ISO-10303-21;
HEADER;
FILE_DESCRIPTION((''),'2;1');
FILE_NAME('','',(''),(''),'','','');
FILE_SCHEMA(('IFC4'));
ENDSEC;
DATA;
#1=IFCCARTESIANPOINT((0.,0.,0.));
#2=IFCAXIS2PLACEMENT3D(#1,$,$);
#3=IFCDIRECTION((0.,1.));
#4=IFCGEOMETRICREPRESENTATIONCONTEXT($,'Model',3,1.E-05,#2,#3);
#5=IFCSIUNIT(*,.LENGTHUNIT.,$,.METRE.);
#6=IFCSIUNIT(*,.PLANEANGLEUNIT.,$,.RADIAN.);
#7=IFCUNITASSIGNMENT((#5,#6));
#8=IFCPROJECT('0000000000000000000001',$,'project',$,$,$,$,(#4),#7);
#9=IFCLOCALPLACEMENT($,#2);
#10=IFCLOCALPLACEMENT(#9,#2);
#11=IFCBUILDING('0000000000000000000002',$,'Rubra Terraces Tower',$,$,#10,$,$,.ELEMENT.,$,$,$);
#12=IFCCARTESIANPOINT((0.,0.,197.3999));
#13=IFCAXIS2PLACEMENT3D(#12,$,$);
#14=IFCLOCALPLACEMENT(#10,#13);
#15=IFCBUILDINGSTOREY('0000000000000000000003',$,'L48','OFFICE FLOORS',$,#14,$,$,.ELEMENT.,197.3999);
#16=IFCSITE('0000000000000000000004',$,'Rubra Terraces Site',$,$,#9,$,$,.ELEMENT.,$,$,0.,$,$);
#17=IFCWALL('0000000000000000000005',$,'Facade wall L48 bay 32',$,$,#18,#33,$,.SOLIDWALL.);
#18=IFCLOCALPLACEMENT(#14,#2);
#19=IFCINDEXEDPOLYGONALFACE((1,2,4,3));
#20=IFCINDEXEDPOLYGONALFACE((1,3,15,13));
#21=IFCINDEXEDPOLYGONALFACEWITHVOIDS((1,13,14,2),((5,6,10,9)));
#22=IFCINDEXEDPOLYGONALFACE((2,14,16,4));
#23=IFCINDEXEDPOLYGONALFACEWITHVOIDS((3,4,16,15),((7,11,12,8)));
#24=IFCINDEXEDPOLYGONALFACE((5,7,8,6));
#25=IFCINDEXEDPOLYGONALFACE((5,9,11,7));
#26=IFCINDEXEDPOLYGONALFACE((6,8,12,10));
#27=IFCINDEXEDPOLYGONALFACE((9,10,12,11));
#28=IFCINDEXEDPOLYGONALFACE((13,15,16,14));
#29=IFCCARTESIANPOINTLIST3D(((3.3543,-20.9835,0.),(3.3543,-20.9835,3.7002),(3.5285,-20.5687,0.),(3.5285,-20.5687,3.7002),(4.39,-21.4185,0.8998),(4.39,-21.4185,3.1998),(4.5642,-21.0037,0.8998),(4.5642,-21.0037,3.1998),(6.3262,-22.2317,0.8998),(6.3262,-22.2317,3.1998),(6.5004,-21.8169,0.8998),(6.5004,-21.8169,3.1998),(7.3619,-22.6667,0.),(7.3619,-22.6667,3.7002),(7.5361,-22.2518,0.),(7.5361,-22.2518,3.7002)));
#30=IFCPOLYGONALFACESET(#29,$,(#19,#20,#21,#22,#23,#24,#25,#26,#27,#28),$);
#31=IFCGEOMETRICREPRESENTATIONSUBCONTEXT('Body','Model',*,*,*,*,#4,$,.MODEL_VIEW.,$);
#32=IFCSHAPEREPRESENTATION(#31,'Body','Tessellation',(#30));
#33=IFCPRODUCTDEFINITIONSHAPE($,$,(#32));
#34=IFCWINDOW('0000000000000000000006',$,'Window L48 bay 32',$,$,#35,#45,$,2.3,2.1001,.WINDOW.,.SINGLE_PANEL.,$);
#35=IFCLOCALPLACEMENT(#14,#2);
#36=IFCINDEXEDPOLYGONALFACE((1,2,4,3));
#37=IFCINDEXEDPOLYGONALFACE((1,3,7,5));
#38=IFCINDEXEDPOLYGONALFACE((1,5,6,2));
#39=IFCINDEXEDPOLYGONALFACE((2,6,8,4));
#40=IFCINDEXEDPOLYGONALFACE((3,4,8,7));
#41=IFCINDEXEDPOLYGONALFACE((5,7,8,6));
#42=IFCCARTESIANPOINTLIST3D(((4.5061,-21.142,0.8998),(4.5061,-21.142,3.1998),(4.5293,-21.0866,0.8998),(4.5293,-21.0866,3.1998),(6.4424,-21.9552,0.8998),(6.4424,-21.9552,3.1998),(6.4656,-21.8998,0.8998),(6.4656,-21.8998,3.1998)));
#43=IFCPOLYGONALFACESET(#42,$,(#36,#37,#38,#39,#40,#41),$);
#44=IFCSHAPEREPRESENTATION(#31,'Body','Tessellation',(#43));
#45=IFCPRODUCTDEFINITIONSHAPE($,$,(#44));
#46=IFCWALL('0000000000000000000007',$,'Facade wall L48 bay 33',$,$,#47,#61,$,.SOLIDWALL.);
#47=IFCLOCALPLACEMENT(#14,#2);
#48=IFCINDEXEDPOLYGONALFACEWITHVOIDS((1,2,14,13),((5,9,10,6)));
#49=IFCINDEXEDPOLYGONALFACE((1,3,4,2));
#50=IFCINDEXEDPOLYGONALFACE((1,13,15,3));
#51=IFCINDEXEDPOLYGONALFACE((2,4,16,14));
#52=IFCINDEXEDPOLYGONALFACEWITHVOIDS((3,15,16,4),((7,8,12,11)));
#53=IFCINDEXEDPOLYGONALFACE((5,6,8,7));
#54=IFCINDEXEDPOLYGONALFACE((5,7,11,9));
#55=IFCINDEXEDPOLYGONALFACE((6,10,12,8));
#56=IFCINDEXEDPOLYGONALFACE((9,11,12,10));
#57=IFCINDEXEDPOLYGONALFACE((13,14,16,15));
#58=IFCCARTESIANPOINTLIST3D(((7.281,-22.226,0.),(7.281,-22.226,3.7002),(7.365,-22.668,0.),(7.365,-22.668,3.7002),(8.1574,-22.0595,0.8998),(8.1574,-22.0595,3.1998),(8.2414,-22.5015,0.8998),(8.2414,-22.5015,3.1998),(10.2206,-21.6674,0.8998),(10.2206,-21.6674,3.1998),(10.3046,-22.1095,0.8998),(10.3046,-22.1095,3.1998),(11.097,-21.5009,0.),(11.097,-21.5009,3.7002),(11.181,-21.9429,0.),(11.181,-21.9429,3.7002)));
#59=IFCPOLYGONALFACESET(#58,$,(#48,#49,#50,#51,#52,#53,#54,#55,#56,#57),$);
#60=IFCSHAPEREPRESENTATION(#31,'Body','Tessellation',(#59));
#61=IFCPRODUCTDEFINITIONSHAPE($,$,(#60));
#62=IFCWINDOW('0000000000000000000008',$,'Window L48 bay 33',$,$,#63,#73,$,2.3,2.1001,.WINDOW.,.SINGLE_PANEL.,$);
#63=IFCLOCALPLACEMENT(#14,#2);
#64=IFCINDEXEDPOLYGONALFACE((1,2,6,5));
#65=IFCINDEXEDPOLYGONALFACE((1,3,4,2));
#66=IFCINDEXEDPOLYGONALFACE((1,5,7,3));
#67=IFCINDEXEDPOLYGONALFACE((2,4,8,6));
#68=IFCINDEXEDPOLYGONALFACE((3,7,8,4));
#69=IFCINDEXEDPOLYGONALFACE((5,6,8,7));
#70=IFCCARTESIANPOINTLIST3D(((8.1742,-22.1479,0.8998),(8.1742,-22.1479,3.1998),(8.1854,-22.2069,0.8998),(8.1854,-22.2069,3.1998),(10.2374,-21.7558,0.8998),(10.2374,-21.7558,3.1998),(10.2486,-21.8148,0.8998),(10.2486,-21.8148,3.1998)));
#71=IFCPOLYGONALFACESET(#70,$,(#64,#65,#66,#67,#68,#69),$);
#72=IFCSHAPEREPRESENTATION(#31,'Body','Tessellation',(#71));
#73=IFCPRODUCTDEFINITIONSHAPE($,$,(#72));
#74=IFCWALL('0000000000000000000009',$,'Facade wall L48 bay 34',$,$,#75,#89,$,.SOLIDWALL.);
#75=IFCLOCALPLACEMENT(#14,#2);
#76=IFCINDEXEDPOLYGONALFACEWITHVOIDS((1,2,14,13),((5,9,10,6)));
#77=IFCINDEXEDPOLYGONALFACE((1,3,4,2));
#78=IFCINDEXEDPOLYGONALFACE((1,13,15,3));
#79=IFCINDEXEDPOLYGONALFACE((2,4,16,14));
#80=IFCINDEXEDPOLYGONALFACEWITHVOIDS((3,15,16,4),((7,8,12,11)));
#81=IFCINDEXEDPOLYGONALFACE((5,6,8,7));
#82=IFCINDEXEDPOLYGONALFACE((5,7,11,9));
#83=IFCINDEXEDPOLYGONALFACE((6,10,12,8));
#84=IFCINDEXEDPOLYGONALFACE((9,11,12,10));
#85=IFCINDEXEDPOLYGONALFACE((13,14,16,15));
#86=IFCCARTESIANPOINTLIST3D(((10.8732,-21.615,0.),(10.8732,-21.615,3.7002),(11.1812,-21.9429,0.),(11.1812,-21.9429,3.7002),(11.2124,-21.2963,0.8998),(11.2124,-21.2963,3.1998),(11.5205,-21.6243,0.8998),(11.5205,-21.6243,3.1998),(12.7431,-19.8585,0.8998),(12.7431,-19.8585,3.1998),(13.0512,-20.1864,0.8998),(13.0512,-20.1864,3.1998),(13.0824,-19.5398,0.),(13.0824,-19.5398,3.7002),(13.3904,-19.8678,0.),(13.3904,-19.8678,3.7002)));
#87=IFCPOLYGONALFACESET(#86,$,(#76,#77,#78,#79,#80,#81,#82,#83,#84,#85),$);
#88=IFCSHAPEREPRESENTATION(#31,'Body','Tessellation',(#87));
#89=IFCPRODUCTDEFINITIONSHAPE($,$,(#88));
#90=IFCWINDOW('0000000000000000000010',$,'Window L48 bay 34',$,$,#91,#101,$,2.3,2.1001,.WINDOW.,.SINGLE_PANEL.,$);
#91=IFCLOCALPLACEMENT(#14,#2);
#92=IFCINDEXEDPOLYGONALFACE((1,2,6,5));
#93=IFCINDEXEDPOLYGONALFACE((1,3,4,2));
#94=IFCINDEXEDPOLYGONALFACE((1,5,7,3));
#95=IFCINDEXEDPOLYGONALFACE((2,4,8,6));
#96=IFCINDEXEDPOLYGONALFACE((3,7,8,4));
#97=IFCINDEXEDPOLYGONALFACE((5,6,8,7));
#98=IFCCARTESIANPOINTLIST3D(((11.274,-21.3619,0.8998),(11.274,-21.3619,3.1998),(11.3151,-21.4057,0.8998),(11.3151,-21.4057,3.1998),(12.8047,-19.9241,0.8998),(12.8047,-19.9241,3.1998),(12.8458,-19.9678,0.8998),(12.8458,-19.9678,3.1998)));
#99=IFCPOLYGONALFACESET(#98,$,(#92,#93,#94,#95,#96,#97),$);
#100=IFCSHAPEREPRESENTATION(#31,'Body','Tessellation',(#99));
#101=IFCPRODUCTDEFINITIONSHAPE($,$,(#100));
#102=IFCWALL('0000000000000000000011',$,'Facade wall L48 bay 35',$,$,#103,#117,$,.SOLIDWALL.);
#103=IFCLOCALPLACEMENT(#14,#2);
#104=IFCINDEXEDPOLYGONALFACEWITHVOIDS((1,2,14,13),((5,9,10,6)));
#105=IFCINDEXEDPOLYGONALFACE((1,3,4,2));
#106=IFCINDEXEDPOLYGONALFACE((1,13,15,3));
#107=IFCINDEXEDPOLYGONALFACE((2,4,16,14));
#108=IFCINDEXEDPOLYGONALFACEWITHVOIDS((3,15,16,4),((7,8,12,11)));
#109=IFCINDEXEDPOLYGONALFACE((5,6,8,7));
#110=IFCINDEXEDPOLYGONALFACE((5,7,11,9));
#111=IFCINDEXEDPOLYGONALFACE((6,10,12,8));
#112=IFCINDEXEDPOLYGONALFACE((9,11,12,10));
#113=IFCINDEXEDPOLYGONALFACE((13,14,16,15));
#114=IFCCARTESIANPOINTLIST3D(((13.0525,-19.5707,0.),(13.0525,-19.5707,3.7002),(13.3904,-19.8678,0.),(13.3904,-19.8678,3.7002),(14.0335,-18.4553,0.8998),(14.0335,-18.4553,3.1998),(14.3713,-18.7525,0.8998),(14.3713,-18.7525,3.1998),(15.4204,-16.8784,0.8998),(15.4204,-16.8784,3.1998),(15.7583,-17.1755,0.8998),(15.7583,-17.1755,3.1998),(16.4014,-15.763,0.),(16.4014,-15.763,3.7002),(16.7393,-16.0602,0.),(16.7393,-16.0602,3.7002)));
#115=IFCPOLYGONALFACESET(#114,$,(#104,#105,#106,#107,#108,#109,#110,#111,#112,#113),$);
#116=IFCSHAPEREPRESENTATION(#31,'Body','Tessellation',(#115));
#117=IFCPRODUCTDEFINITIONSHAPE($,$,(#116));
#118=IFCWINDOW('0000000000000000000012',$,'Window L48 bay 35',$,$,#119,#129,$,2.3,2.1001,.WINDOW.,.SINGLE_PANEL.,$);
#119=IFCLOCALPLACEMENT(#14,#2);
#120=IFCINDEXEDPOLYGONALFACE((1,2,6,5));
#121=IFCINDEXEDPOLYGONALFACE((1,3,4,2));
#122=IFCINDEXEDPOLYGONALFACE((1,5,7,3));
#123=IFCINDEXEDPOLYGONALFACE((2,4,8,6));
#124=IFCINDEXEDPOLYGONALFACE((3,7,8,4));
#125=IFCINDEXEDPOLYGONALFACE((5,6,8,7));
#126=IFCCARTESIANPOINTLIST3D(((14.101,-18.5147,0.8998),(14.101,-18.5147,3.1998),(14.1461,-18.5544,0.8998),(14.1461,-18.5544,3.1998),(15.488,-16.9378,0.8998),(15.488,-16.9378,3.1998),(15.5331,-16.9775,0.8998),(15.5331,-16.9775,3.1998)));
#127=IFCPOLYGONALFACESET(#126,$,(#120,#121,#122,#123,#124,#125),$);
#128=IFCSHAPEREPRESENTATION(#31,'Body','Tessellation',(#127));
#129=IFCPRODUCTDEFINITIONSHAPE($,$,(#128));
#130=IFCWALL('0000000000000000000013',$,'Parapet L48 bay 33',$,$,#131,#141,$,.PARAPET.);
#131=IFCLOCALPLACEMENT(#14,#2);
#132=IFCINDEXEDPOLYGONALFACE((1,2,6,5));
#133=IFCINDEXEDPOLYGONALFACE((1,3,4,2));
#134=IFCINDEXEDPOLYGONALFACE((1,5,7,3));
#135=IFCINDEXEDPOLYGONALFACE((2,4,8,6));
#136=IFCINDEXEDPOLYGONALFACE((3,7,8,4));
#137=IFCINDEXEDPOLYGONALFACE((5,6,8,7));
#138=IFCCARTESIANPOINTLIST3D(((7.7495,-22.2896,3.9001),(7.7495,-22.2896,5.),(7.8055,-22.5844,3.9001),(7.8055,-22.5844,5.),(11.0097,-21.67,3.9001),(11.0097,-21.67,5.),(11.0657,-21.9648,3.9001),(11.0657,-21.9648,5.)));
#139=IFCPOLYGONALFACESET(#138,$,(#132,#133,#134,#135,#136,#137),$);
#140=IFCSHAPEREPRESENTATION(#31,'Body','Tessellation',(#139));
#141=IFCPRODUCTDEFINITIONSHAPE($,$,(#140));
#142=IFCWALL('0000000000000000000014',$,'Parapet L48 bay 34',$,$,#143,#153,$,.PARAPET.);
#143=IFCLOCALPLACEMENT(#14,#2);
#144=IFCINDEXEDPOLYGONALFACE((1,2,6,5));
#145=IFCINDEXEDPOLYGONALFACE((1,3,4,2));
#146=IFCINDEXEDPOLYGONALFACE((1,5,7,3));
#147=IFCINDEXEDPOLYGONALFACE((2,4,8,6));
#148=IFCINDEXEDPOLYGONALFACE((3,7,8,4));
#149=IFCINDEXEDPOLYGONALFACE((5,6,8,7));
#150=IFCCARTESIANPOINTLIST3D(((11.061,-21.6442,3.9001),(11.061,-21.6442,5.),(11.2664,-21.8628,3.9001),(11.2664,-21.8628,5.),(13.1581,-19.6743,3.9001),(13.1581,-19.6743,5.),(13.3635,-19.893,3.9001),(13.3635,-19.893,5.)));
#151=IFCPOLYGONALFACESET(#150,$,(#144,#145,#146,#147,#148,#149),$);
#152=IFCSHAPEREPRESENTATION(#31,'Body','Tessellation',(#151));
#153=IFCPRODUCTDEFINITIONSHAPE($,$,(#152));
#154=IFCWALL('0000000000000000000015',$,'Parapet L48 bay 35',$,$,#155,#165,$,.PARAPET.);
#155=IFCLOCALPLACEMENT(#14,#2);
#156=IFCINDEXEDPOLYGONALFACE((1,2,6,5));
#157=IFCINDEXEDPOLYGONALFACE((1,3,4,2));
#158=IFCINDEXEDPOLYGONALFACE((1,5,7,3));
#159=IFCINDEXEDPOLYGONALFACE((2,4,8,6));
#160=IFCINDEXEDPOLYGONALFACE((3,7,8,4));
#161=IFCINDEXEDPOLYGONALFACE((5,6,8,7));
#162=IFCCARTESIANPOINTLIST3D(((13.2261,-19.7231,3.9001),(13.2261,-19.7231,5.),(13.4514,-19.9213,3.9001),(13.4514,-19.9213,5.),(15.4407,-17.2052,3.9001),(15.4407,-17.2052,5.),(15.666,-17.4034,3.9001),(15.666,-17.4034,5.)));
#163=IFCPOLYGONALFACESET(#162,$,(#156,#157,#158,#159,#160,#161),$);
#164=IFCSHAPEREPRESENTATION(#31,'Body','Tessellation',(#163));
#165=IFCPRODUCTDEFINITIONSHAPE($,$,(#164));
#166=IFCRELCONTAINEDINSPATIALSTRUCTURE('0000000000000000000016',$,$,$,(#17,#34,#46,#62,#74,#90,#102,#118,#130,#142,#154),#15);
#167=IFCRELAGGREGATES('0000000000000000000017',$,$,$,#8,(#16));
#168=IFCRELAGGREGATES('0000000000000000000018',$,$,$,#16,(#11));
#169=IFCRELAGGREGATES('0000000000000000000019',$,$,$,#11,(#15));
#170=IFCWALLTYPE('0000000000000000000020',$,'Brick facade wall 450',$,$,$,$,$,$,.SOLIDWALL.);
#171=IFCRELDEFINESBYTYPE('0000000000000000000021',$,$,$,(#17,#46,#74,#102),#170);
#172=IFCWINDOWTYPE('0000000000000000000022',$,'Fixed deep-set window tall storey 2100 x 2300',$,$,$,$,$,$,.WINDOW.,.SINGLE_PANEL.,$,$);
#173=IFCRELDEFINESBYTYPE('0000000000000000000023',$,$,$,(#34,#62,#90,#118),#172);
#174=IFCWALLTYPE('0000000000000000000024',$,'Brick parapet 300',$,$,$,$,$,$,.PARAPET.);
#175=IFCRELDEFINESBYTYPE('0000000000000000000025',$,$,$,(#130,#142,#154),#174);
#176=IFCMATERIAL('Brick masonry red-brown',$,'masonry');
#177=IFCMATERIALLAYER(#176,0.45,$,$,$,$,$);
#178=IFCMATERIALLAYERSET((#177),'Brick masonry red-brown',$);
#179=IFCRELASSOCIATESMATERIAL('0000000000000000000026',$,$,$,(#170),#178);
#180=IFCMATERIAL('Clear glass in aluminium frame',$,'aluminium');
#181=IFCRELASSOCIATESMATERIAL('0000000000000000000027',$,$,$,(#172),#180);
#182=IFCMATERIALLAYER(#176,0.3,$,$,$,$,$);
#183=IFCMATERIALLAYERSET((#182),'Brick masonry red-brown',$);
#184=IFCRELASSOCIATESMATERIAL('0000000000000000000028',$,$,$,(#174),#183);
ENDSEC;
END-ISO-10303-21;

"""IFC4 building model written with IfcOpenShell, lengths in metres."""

from ifc_helpers import new_model, si_unit, direction, frame, frame_2d, origin, place, context, subcontext, project, spatial, rectangle, extrude, material, layer, layer_set, type_object, element, fill, save


model = new_model("IFC4")

# Units and contexts
model_context = context("Model", 3, precision=1e-05, world=origin(), true_north=direction((0.0, 1.0)))
body_context = subcontext(model_context, "Body", "Model", "MODEL_VIEW")
ifc_project = project(units=[si_unit("LENGTHUNIT", "METRE"), si_unit("PLANEANGLEUNIT", "RADIAN")], contexts=[model_context])

# Site, building, storey
site_placement = place(None, origin())
site = spatial("IfcSite", under=ifc_project, at=site_placement, Name="Rubra Terraces Site", CompositionType="ELEMENT", RefElevation=0.0)
building_placement = place(site_placement, origin())
building = spatial("IfcBuilding", under=site, at=building_placement, Name="Rubra Terraces Tower", CompositionType="ELEMENT")
storey_placement = place(building_placement, frame((0.0, 0.0, 197.3999)))
storey = spatial("IfcBuildingStorey", under=building, at=storey_placement, Name="L48", Description="OFFICE FLOORS", CompositionType="ELEMENT", Elevation=197.3999)

# Walls, openings, windows
ifc_material_1 = material(Name="Brick masonry red-brown", Category="masonry")
ifc_layer_1 = layer(ifc_material_1, 0.45)
ifc_layer_set_1 = layer_set([ifc_layer_1], Name="Brick masonry red-brown")
wall_type_1 = type_object("IfcWallType", Name="Brick facade wall 450", PredefinedType="SOLIDWALL", material=ifc_layer_set_1)
wall_1_placement = place(storey_placement, frame((3.4414, -20.7761, 0.0), z_axis=(0.0, 0.0, 1.0), x_axis=(0.921988, -0.387218, 0.0)))
wall_1 = element("IfcWall", 1, at=wall_1_placement, inside=storey, type_object=wall_type_1, Name="Facade wall L48 bay 32", PredefinedType="SOLIDWALL", context=body_context, shape_type="SweptSolid", body=[
    extrude(rectangle(XDim=4.3467, YDim=0.45, at=frame_2d((2.1733, 0.0))), origin(), (0.0, 0.0, 1.0), 3.7002),
])
opening_1_placement = place(wall_1_placement, frame((1.1233, 0.0, 0.8999)))
opening_1 = element("IfcOpeningElement", 2, at=opening_1_placement, cuts=wall_1, PredefinedType="OPENING", context=body_context, shape_type="SweptSolid", body=[
    extrude(rectangle(XDim=2.1001, YDim=2.3, at=frame_2d((1.05, 1.1499))), frame((0.0, 0.2349, 0.0), z_axis=(0.0, -1.0, 0.0), x_axis=(1.0, 0.0, 0.0)), (0.0, 0.0, 1.0), 0.47),
])
ifc_material_2 = material(Name="Clear glass in aluminium frame", Category="aluminium")
window_type = type_object("IfcWindowType", Name="Fixed deep-set window tall storey 2100 x 2300", PartitioningType="SINGLE_PANEL", PredefinedType="WINDOW", material=ifc_material_2)
window_1_placement = place(opening_1_placement, origin())
window_1 = element("IfcWindow", 3, at=window_1_placement, inside=storey, type_object=window_type, Name="Window L48 bay 32", OverallHeight=2.3, OverallWidth=2.1001, PartitioningType="SINGLE_PANEL", PredefinedType="WINDOW", context=body_context, shape_type="SweptSolid", body=[
    extrude(rectangle(XDim=2.1001, YDim=2.3, at=frame_2d((1.05, 1.1499))), frame((0.0, 0.135, 0.0), z_axis=(0.0, -1.0, 0.0), x_axis=(1.0, 0.0, 0.0)), (0.0, 0.0, 1.0), 0.0601),
])
fill(opening_1, window_1)
wall_2_placement = place(storey_placement, frame((7.323, -22.447, 0.0), z_axis=(0.0, 0.0, 1.0), x_axis=(0.982421, 0.186679, 0.0)))
wall_2 = element("IfcWall", 4, at=wall_2_placement, inside=storey, type_object=wall_type_1, Name="Facade wall L48 bay 33", PredefinedType="SOLIDWALL", context=body_context, shape_type="SweptSolid", body=[
    extrude(rectangle(XDim=3.8843, YDim=0.45, at=frame_2d((1.9421, 0.0))), origin(), (0.0, 0.0, 1.0), 3.7002),
])
opening_2_placement = place(wall_2_placement, frame((0.8921, 0.0, 0.8999)))
opening_2 = element("IfcOpeningElement", 5, at=opening_2_placement, cuts=wall_2, PredefinedType="OPENING", context=body_context, shape_type="SweptSolid", body=[
    extrude(rectangle(XDim=2.1001, YDim=2.3, at=frame_2d((1.05, 1.1499))), frame((0.0, 0.2349, 0.0), z_axis=(0.0, -1.0, 0.0), x_axis=(1.0, 0.0, 0.0)), (0.0, 0.0, 1.0), 0.47),
])
window_2_placement = place(opening_2_placement, origin())
window_2 = element("IfcWindow", 6, at=window_2_placement, inside=storey, type_object=window_type, Name="Window L48 bay 33", OverallHeight=2.3, OverallWidth=2.1001, PartitioningType="SINGLE_PANEL", PredefinedType="WINDOW", context=body_context, shape_type="SweptSolid", body=[
    extrude(rectangle(XDim=2.1001, YDim=2.3, at=frame_2d((1.05, 1.1499))), frame((0.0, 0.135, 0.0), z_axis=(0.0, -1.0, 0.0), x_axis=(1.0, 0.0, 0.0)), (0.0, 0.0, 1.0), 0.0601),
])
fill(opening_2, window_2)
wall_3_placement = place(storey_placement, frame((11.0271, -21.7791, 0.0), z_axis=(0.0, 0.0, 1.0), x_axis=(0.728871, 0.684651, 0.0)))
wall_3 = element("IfcWall", 7, at=wall_3_placement, inside=storey, type_object=wall_type_1, Name="Facade wall L48 bay 34", PredefinedType="SOLIDWALL", context=body_context, shape_type="SweptSolid", body=[
    extrude(rectangle(XDim=3.031, YDim=0.45, at=frame_2d((1.5156, 0.0))), origin(), (0.0, 0.0, 1.0), 3.7002),
])
opening_3_placement = place(wall_3_placement, frame((0.4656, 0.0, 0.8999)))
opening_3 = element("IfcOpeningElement", 8, at=opening_3_placement, cuts=wall_3, PredefinedType="OPENING", context=body_context, shape_type="SweptSolid", body=[
    extrude(rectangle(XDim=2.1001, YDim=2.3, at=frame_2d((1.05, 1.1499))), frame((0.0, 0.2349, 0.0), z_axis=(0.0, -1.0, 0.0), x_axis=(1.0, 0.0, 0.0)), (0.0, 0.0, 1.0), 0.47),
])
window_3_placement = place(opening_3_placement, origin())
window_3 = element("IfcWindow", 9, at=window_3_placement, inside=storey, type_object=window_type, Name="Window L48 bay 34", OverallHeight=2.3, OverallWidth=2.1001, PartitioningType="SINGLE_PANEL", PredefinedType="WINDOW", context=body_context, shape_type="SweptSolid", body=[
    extrude(rectangle(XDim=2.1001, YDim=2.3, at=frame_2d((1.05, 1.1499))), frame((0.0, 0.135, 0.0), z_axis=(0.0, -1.0, 0.0), x_axis=(1.0, 0.0, 0.0)), (0.0, 0.0, 1.0), 0.0601),
])
fill(opening_3, window_3)
wall_4_placement = place(storey_placement, frame((13.2214, -19.7192, 0.0), z_axis=(0.0, 0.0, 1.0), x_axis=(0.660425, 0.750892, 0.0)))
wall_4 = element("IfcWall", 10, at=wall_4_placement, inside=storey, type_object=wall_type_1, Name="Facade wall L48 bay 35", PredefinedType="SOLIDWALL", context=body_context, shape_type="SweptSolid", body=[
    extrude(rectangle(XDim=5.0708, YDim=0.45, at=frame_2d((2.5354, 0.0))), origin(), (0.0, 0.0, 1.0), 3.7002),
])
opening_4_placement = place(wall_4_placement, frame((1.4854, 0.0, 0.8999)))
opening_4 = element("IfcOpeningElement", 11, at=opening_4_placement, cuts=wall_4, PredefinedType="OPENING", context=body_context, shape_type="SweptSolid", body=[
    extrude(rectangle(XDim=2.1001, YDim=2.3, at=frame_2d((1.05, 1.1499))), frame((0.0, 0.2349, 0.0), z_axis=(0.0, -1.0, 0.0), x_axis=(1.0, 0.0, 0.0)), (0.0, 0.0, 1.0), 0.47),
])
window_4_placement = place(opening_4_placement, origin())
window_4 = element("IfcWindow", 12, at=window_4_placement, inside=storey, type_object=window_type, Name="Window L48 bay 35", OverallHeight=2.3, OverallWidth=2.1001, PartitioningType="SINGLE_PANEL", PredefinedType="WINDOW", context=body_context, shape_type="SweptSolid", body=[
    extrude(rectangle(XDim=2.1001, YDim=2.3, at=frame_2d((1.05, 1.1499))), frame((0.0, 0.135, 0.0), z_axis=(0.0, -1.0, 0.0), x_axis=(1.0, 0.0, 0.0)), (0.0, 0.0, 1.0), 0.0601),
])
fill(opening_4, window_4)

# Walls
ifc_layer_2 = layer(ifc_material_1, 0.3)
ifc_layer_set_2 = layer_set([ifc_layer_2], Name="Brick masonry red-brown")
wall_type_2 = type_object("IfcWallType", Name="Brick parapet 300", PredefinedType="PARAPET", material=ifc_layer_set_2)
wall_5_placement = place(storey_placement, frame((7.7776, -22.437, 3.9001), z_axis=(0.0, 0.0, 1.0), x_axis=(0.982414, 0.186713, 0.0)))
element("IfcWall", 13, at=wall_5_placement, inside=storey, type_object=wall_type_2, Name="Parapet L48 bay 33", PredefinedType="PARAPET", context=body_context, shape_type="SweptSolid", body=[
    extrude(rectangle(XDim=3.3186, YDim=0.3, at=frame_2d((1.6592, 0.0))), origin(), (0.0, 0.0, 1.0), 1.0999),
])
wall_6_placement = place(storey_placement, frame((11.1638, -21.7534, 3.9001), z_axis=(0.0, 0.0, 1.0), x_axis=(0.728865, 0.684658, 0.0)))
element("IfcWall", 14, at=wall_6_placement, inside=storey, type_object=wall_type_2, Name="Parapet L48 bay 34", PredefinedType="PARAPET", context=body_context, shape_type="SweptSolid", body=[
    extrude(rectangle(XDim=2.8772, YDim=0.3, at=frame_2d((1.4385, 0.0))), origin(), (0.0, 0.0, 1.0), 1.0999),
])
wall_7_placement = place(storey_placement, frame((13.3386, -19.8223, 3.9001), z_axis=(0.0, 0.0, 1.0), x_axis=(0.660446, 0.750874, 0.0)))
element("IfcWall", 15, at=wall_7_placement, inside=storey, type_object=wall_type_2, Name="Parapet L48 bay 35", PredefinedType="PARAPET", context=body_context, shape_type="SweptSolid", body=[
    extrude(rectangle(XDim=3.3533, YDim=0.3, at=frame_2d((1.6768, 0.0))), origin(), (0.0, 0.0, 1.0), 1.0999),
])

save(model, "model.ifc")
